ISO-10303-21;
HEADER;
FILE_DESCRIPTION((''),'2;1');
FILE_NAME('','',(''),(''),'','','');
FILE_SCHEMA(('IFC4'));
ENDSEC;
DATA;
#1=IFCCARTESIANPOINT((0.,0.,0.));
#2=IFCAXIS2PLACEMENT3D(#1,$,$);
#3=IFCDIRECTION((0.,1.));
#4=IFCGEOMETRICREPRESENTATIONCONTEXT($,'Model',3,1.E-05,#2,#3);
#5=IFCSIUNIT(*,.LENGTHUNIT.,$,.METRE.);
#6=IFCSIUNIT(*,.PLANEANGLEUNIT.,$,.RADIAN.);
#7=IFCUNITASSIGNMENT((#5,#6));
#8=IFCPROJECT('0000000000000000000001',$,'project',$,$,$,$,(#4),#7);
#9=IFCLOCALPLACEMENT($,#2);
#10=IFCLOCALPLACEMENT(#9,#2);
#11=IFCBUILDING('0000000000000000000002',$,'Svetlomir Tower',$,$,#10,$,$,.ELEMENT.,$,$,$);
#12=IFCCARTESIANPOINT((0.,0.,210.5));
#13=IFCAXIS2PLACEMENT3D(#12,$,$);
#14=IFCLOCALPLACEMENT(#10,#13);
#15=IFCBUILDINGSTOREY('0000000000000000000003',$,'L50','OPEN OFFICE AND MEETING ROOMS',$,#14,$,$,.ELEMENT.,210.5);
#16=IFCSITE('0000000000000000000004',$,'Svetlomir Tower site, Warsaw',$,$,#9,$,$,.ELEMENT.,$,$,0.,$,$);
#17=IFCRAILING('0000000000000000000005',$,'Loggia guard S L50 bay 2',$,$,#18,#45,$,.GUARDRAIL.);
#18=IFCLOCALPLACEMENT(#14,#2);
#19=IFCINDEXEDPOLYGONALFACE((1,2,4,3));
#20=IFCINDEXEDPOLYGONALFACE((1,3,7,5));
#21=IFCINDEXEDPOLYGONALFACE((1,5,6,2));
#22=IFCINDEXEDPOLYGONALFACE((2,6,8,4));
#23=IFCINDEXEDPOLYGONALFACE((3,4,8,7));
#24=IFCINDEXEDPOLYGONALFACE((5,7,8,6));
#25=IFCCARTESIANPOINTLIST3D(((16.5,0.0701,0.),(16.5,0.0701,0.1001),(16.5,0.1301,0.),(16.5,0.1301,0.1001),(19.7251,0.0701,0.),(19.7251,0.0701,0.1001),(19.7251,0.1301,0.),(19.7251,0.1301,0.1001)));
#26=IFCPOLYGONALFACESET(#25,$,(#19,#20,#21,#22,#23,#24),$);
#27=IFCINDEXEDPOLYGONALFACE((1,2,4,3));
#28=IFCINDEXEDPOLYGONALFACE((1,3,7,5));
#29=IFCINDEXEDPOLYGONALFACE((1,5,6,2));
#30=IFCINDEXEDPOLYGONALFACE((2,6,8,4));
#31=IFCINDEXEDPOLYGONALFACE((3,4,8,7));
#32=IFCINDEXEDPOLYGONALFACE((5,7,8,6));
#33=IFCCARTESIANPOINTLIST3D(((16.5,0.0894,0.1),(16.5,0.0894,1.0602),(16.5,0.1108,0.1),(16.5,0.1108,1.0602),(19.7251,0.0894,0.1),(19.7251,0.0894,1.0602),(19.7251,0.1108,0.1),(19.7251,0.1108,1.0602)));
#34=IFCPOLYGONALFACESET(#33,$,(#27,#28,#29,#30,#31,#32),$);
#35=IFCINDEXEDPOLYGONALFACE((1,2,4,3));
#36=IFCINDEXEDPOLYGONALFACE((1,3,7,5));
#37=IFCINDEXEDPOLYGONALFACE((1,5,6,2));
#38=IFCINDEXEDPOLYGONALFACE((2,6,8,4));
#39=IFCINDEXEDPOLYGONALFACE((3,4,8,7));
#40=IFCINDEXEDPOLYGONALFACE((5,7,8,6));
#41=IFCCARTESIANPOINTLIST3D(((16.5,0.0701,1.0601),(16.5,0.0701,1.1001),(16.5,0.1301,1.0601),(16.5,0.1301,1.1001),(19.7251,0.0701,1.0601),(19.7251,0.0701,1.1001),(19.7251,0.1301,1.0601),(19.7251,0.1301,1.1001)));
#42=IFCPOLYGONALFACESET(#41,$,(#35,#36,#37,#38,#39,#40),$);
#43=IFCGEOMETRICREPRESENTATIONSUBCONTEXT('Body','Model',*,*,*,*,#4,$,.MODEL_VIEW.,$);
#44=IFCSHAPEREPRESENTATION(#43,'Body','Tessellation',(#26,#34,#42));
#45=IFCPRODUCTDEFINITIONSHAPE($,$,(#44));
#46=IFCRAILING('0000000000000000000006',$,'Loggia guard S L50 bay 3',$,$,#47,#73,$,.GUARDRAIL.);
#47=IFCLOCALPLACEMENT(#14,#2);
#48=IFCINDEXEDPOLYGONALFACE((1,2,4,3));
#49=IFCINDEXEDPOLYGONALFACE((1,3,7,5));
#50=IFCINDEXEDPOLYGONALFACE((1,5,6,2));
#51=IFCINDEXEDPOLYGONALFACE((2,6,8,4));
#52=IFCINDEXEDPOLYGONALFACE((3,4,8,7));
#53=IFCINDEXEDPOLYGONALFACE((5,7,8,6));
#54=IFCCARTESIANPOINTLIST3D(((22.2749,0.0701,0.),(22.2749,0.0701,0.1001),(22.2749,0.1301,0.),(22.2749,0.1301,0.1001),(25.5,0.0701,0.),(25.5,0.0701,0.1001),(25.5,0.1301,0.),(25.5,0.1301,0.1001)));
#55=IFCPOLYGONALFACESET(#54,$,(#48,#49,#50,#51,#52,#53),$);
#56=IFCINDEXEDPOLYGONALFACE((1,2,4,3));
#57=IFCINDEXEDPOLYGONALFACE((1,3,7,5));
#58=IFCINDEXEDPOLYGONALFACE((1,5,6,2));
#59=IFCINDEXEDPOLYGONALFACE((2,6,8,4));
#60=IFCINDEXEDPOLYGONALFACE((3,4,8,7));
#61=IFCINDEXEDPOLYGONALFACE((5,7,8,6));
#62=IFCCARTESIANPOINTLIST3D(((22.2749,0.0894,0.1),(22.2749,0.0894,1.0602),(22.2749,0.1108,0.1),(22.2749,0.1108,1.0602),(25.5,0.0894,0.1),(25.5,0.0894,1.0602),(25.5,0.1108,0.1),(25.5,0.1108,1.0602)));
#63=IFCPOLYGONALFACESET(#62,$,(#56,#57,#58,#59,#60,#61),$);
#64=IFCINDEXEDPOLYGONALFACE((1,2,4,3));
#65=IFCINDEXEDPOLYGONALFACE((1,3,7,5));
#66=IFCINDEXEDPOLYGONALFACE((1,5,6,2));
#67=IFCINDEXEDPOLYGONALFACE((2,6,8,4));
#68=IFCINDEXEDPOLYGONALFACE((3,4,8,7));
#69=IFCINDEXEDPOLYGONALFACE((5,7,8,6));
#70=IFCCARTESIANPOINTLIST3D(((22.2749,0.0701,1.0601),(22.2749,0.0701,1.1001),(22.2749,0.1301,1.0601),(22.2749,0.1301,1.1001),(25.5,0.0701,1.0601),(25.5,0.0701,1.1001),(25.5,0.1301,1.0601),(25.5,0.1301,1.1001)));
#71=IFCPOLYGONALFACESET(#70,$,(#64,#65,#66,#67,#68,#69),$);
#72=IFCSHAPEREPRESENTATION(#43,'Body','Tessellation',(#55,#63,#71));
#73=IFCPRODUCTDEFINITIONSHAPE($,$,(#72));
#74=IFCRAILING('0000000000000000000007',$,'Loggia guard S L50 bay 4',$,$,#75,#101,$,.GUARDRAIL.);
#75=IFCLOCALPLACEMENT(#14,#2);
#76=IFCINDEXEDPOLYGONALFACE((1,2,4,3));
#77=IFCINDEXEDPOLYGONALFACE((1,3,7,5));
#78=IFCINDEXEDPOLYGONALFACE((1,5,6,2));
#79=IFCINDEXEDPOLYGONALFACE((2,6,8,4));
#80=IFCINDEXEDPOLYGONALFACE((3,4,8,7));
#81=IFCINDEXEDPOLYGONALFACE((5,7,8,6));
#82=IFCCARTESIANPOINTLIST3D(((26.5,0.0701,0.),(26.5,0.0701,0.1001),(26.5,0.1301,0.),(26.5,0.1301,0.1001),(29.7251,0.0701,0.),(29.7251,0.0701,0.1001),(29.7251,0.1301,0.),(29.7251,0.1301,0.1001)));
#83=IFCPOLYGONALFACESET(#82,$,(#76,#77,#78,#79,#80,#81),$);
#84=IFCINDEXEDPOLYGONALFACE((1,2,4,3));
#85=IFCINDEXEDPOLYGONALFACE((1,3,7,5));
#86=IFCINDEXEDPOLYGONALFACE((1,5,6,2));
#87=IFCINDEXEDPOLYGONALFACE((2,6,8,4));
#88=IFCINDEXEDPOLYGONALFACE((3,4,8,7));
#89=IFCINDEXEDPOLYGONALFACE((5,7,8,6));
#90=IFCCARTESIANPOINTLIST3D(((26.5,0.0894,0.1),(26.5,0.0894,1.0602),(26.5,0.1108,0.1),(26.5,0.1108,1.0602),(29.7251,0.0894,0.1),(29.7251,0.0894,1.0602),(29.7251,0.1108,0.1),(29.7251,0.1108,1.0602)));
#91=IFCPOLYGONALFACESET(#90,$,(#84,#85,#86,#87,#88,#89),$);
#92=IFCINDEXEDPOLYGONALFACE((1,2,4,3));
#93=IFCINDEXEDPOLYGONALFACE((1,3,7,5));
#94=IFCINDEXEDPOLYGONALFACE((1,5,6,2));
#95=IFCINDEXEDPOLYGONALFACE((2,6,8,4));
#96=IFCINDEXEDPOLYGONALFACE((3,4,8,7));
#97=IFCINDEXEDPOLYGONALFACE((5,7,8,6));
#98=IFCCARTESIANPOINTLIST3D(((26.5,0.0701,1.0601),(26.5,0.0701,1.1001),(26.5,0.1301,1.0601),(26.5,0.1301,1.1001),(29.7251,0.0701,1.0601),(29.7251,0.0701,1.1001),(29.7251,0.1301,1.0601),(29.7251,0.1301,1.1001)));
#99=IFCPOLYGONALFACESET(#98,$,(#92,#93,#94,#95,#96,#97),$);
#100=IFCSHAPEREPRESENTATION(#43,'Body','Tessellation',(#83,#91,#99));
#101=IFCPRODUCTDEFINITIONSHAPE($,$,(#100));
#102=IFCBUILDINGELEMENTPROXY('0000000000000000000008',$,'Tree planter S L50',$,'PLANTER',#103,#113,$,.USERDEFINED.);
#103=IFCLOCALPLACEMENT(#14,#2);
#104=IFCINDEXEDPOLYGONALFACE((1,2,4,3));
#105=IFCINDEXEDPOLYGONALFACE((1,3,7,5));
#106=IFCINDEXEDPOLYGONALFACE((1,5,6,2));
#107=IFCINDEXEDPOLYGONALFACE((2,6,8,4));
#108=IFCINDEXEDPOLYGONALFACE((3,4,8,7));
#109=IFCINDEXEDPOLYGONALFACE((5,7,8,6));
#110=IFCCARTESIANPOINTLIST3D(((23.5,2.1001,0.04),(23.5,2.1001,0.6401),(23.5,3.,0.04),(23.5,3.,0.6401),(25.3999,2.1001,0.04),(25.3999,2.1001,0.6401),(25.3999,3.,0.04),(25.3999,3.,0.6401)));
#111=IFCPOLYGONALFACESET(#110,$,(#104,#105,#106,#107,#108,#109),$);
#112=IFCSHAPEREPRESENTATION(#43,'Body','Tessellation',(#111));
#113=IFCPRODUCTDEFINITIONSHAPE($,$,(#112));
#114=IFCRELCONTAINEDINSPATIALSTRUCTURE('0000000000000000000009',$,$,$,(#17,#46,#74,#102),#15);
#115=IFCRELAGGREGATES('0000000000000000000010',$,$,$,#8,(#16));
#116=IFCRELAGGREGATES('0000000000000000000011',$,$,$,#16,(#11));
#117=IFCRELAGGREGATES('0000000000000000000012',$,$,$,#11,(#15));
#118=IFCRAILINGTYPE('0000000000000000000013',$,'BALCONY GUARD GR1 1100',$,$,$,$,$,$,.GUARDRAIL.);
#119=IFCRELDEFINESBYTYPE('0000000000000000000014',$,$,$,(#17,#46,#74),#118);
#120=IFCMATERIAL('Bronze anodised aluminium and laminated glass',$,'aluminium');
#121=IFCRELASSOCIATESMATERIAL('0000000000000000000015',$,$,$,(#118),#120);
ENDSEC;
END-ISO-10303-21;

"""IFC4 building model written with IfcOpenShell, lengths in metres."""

from ifc_helpers import new_model, si_unit, direction, frame, origin, origin_2d, place, context, subcontext, project, spatial, rectangle, extrude, material, type_object, element, save


model = new_model("IFC4")

# Units and contexts
model_context = context("Model", 3, precision=1e-05, world=origin(), true_north=direction((0.0, 1.0)))
body_context = subcontext(model_context, "Body", "Model", "MODEL_VIEW")
ifc_project = project(units=[si_unit("LENGTHUNIT", "METRE"), si_unit("PLANEANGLEUNIT", "RADIAN")], contexts=[model_context])

# Site, building, storey
site_placement = place(None, origin())
site = spatial("IfcSite", under=ifc_project, at=site_placement, Name="Svetlomir Tower site, Warsaw", CompositionType="ELEMENT", RefElevation=0.0)
building_placement = place(site_placement, origin())
building = spatial("IfcBuilding", under=site, at=building_placement, Name="Svetlomir Tower", CompositionType="ELEMENT")
storey_placement = place(building_placement, frame((0.0, 0.0, 210.5)))
storey = spatial("IfcBuildingStorey", under=building, at=storey_placement, Name="L50", Description="OPEN OFFICE AND MEETING ROOMS", CompositionType="ELEMENT", Elevation=210.5)

# Railings
ifc_material_1 = material(Name="Bronze anodised aluminium and laminated glass", Category="aluminium")
railing_type = type_object("IfcRailingType", Name="BALCONY GUARD GR1 1100", PredefinedType="GUARDRAIL", material=ifc_material_1)
for number, where, name in (
    (1, (16.5, 0.1001, 0.0), "Loggia guard S L50 bay 2"),
    (2, (22.2749, 0.1001, 0.0), "Loggia guard S L50 bay 3"),
    (3, (26.5, 0.1001, 0.0), "Loggia guard S L50 bay 4"),
):
    element("IfcRailing", number, at=place(storey_placement, frame(where)), inside=storey, type_object=railing_type, Name=name, PredefinedType="GUARDRAIL", context=body_context, shape_type="SweptSolid", body=[
        extrude(rectangle(XDim=0.0601, YDim=0.1001, at=origin_2d()), frame((0.0, 0.0, 0.05), z_axis=(1.0, 0.0, 0.0), x_axis=(0.0, 1.0, 0.0)), (0.0, 0.0, 1.0), 3.2251),
        extrude(rectangle(XDim=0.0215, YDim=0.9602, at=origin_2d()), frame((0.0, 0.0, 0.5801), z_axis=(1.0, 0.0, 0.0), x_axis=(0.0, 1.0, 0.0)), (0.0, 0.0, 1.0), 3.2251),
        extrude(rectangle(XDim=0.0601, YDim=0.04, at=origin_2d()), frame((0.0, 0.0, 1.0801), z_axis=(1.0, 0.0, 0.0), x_axis=(0.0, 1.0, 0.0)), (0.0, 0.0, 1.0), 3.2251),
    ])

# Building element proxy
proxy_placement = place(storey_placement, frame((24.45, 2.55, 0.04), z_axis=(0.0, 0.0, 1.0), x_axis=(1.0, 0.0, 0.0)))
element("IfcBuildingElementProxy", 4, at=proxy_placement, inside=storey, Name="Tree planter S L50", ObjectType="PLANTER", PredefinedType="USERDEFINED", context=body_context, shape_type="SweptSolid", body=[
    extrude(rectangle(XDim=1.8999, YDim=0.8999, at=origin_2d()), origin(), (0.0, 0.0, 1.0), 0.6001),
])

save(model, "model.ifc")
